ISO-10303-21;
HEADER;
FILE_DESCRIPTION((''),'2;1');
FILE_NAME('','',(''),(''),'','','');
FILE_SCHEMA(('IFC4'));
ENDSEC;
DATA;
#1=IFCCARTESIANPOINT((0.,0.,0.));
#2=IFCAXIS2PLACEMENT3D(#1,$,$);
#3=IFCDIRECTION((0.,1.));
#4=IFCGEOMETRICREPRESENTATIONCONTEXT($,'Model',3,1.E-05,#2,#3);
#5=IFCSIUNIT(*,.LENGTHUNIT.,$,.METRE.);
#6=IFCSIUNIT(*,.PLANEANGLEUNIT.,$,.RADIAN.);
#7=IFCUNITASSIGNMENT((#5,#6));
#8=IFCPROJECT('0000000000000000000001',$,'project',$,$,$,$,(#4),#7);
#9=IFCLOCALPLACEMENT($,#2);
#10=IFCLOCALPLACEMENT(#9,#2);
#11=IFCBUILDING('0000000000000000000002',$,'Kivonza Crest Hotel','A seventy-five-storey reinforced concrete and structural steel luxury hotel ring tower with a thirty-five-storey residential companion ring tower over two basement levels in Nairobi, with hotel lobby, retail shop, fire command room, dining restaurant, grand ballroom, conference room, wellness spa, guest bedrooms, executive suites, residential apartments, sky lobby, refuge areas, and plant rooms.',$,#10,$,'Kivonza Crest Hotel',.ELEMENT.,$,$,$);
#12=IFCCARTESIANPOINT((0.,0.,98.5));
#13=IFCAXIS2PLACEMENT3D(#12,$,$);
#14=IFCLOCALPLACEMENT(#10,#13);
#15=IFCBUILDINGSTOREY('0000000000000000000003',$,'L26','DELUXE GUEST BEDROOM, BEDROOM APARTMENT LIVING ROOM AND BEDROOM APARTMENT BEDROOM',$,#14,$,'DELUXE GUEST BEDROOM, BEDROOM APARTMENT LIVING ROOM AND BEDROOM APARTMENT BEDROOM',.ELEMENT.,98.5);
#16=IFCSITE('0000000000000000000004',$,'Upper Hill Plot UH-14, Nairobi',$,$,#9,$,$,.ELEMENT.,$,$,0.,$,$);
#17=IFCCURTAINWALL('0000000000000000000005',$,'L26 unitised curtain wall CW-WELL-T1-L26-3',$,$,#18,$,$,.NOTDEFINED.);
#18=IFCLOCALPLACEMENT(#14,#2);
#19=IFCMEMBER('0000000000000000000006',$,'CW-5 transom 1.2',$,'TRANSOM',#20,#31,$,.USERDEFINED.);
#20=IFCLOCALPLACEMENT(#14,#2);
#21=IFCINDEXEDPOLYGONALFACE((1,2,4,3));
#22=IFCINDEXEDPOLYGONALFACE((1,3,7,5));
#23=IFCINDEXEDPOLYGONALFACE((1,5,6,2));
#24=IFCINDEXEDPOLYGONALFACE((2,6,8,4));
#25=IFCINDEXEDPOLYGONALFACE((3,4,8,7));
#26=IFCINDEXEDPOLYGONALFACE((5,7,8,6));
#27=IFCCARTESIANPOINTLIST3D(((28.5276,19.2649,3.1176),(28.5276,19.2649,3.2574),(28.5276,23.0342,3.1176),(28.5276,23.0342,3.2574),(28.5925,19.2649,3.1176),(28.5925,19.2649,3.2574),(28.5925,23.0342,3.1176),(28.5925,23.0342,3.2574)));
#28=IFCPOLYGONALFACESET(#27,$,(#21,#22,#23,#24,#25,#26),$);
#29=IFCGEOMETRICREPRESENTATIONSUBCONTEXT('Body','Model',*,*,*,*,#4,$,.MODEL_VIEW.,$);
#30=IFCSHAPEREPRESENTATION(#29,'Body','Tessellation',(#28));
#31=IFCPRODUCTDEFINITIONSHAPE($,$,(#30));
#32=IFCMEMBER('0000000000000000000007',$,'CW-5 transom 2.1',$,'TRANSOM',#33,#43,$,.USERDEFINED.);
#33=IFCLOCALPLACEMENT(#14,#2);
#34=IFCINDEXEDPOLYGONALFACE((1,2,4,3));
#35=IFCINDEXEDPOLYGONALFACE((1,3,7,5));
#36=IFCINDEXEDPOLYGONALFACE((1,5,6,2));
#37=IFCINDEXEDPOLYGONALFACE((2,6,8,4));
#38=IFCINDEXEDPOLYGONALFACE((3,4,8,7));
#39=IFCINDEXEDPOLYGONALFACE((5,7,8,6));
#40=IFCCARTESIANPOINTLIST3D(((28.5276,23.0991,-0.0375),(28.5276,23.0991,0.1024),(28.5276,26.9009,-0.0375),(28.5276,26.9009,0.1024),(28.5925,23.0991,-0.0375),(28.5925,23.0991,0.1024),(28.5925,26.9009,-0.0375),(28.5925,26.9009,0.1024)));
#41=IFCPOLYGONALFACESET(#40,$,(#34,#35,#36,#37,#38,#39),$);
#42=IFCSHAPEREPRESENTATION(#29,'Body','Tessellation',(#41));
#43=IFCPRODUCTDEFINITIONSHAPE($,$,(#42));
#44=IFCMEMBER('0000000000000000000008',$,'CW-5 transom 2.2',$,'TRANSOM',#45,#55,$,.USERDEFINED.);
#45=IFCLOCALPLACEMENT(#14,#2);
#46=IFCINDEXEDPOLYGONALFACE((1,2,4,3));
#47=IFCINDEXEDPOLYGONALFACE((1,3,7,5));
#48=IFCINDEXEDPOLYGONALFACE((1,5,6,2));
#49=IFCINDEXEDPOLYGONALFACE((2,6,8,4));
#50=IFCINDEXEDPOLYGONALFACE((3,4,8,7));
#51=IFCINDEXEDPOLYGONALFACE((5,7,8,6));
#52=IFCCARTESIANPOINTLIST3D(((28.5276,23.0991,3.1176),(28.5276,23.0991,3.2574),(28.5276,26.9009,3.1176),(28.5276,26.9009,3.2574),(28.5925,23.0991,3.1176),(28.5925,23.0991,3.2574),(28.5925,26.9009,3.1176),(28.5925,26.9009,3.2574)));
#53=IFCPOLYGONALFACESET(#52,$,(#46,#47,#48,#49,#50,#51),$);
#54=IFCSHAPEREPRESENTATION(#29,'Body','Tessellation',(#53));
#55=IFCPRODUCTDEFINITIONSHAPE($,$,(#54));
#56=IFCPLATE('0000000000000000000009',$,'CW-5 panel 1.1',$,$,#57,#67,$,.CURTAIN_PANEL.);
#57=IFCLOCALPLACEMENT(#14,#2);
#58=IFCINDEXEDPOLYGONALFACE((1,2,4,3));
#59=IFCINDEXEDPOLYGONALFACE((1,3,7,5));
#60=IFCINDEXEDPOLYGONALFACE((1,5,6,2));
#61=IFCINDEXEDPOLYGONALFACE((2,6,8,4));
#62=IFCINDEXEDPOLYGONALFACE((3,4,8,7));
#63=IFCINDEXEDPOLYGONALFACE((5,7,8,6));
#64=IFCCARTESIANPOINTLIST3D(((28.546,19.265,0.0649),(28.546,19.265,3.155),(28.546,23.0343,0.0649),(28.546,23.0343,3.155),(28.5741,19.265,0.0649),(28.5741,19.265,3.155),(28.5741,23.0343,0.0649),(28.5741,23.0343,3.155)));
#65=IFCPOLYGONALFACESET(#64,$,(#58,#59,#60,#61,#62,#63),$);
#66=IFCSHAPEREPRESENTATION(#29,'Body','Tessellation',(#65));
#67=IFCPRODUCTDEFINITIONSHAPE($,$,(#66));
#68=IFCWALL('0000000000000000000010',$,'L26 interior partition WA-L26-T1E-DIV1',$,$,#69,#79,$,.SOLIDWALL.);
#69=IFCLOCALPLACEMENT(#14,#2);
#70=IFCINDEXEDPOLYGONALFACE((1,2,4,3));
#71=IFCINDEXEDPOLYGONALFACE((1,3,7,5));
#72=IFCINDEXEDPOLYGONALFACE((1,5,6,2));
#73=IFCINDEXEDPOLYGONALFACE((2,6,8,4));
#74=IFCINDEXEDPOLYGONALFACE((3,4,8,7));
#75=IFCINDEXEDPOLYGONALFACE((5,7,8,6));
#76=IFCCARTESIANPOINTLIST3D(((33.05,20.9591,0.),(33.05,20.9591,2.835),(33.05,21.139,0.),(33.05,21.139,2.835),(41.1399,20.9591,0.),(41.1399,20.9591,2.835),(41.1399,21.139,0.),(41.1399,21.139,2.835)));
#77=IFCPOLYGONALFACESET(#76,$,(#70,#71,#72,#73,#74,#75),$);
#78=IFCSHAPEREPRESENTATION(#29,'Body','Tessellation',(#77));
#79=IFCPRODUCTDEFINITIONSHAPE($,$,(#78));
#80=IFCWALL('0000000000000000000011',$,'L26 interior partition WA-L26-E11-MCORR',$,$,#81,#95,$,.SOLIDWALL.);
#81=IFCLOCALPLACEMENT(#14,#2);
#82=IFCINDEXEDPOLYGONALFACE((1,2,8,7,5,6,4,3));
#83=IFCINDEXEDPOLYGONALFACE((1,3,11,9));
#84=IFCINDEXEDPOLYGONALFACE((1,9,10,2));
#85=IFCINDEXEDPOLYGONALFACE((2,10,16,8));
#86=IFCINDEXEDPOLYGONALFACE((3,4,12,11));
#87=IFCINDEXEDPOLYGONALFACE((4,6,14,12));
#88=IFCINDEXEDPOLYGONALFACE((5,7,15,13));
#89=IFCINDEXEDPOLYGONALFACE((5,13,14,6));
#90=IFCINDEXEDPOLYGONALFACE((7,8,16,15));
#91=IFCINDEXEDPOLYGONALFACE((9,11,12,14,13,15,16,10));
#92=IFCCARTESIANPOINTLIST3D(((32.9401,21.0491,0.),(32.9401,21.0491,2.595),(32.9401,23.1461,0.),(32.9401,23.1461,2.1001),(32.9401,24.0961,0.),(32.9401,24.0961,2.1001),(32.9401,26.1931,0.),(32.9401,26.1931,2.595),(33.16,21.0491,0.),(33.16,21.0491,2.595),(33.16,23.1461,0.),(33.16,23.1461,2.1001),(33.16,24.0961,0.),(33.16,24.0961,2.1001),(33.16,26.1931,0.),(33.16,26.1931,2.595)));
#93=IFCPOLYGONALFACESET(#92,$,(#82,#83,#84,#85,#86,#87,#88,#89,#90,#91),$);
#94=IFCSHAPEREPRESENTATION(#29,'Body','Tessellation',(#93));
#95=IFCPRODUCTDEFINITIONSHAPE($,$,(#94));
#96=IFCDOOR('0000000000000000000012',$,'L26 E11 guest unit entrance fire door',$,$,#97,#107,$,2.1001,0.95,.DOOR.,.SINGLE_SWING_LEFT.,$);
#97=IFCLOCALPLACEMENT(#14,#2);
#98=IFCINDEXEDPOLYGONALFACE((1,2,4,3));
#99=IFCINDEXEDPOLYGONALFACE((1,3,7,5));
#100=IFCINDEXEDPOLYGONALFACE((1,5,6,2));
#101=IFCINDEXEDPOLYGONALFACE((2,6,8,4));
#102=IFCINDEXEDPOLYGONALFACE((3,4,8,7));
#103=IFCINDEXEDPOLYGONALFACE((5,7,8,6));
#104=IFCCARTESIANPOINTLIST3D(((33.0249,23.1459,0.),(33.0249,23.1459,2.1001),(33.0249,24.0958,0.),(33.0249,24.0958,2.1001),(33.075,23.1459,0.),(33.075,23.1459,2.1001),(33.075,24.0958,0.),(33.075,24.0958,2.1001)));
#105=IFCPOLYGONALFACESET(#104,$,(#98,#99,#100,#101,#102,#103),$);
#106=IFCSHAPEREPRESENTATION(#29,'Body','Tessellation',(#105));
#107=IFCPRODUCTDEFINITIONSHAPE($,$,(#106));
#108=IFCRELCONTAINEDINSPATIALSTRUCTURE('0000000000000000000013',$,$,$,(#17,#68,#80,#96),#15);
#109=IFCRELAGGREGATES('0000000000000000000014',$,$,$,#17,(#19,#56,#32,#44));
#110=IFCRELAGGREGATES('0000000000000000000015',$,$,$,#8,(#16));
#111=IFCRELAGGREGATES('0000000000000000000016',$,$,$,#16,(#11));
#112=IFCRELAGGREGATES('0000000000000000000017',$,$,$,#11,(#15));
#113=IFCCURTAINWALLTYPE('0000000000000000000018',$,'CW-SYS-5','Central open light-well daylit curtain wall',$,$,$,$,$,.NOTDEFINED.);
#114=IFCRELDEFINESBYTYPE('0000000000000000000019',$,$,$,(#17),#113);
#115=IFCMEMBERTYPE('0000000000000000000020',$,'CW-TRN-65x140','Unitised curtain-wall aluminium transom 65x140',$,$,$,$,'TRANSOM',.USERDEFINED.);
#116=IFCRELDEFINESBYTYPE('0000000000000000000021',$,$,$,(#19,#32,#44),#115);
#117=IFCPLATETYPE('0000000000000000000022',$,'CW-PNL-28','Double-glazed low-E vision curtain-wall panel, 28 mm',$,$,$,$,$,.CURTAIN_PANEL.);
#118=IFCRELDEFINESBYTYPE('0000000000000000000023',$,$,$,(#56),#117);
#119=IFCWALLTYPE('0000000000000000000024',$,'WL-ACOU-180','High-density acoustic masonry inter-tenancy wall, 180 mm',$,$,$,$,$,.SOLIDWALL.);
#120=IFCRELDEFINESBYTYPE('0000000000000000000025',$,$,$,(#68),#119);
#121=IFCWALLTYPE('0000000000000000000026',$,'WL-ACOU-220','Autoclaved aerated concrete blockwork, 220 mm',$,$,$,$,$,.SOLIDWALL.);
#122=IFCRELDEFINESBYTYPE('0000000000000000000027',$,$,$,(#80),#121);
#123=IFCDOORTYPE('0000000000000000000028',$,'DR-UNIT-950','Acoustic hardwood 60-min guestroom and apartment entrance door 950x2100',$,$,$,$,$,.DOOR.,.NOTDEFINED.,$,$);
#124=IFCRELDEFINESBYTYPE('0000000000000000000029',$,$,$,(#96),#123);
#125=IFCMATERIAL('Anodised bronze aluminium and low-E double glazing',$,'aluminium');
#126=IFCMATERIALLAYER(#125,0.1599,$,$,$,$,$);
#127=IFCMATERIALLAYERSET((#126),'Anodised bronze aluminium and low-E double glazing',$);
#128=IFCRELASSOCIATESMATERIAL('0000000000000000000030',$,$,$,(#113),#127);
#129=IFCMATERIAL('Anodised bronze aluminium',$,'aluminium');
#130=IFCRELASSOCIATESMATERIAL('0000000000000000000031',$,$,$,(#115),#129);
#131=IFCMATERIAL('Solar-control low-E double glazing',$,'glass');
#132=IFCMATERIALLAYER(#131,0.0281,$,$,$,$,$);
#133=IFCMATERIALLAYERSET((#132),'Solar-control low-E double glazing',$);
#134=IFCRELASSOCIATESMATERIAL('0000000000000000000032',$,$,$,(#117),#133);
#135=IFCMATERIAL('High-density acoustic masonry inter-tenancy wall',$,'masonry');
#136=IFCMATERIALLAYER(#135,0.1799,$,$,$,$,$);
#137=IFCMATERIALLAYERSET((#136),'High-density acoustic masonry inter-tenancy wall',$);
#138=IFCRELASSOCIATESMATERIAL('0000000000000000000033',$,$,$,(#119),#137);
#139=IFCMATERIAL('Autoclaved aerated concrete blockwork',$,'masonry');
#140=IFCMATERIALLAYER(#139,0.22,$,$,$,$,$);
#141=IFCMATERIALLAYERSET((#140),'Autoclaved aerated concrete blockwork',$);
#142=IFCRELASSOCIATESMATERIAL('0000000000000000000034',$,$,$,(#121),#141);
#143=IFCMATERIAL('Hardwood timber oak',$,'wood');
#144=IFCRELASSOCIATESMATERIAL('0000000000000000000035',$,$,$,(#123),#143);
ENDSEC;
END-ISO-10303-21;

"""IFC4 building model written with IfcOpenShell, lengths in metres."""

from ifc_helpers import new_model, si_unit, direction, frame, frame_2d, origin, origin_2d, place, context, subcontext, project, spatial, rectangle, extrude, material, layer, layer_set, material_profile, profile_set, type_object, element, fill, aggregate, save


model = new_model("IFC4")

# Units and contexts
model_context = context("Model", 3, precision=1e-05, world=origin(), true_north=direction((0.0, 1.0)))
body_context = subcontext(model_context, "Body", "Model", "MODEL_VIEW")
ifc_project = project(units=[si_unit("LENGTHUNIT", "METRE"), si_unit("PLANEANGLEUNIT", "RADIAN")], contexts=[model_context])

# Site, building, storey
site_placement = place(None, origin())
site = spatial("IfcSite", under=ifc_project, at=site_placement, Name="Upper Hill Plot UH-14, Nairobi", CompositionType="ELEMENT", RefElevation=0.0)
building_placement = place(site_placement, origin())
building = spatial("IfcBuilding", under=site, at=building_placement, Name="Kivonza Crest Hotel", Description="A seventy-five-storey reinforced concrete and structural steel luxury hotel ring tower with a thirty-five-storey residential companion ring tower over two basement levels in Nairobi, with hotel lobby, retail shop, fire command room, dining restaurant, grand ballroom, conference room, wellness spa, guest bedrooms, executive suites, residential apartments, sky lobby, refuge areas, and plant rooms.", LongName="Kivonza Crest Hotel", CompositionType="ELEMENT")
storey_placement = place(building_placement, frame((0.0, 0.0, 98.5)))
storey = spatial("IfcBuildingStorey", under=building, at=storey_placement, Name="L26", Description="DELUXE GUEST BEDROOM, BEDROOM APARTMENT LIVING ROOM AND BEDROOM APARTMENT BEDROOM", LongName="DELUXE GUEST BEDROOM, BEDROOM APARTMENT LIVING ROOM AND BEDROOM APARTMENT BEDROOM", CompositionType="ELEMENT", Elevation=98.5)

# Curtain wall, members, plate
ifc_material_1 = material(Name="Anodised bronze aluminium and low-E double glazing", Category="aluminium")
ifc_layer_1 = layer(ifc_material_1, 0.1599)
ifc_layer_set_1 = layer_set([ifc_layer_1], Name="Anodised bronze aluminium and low-E double glazing")
curtain_wall_type = type_object("IfcCurtainWallType", Name="CW-SYS-5", Description="Central open light-well daylit curtain wall", PredefinedType="NOTDEFINED", material=ifc_layer_set_1)
curtain_wall_placement = place(storey_placement, origin())
curtain_wall = element("IfcCurtainWall", 1, at=curtain_wall_placement, inside=storey, type_object=curtain_wall_type, Name="L26 unitised curtain wall CW-WELL-T1-L26-3", PredefinedType="NOTDEFINED")
ifc_material_2 = material(Name="Anodised bronze aluminium", Category="aluminium")
ifc_material_profile_1 = material_profile(ifc_material_2, rectangle(XDim=0.0649, YDim=0.1399, at=origin_2d()), Name="CW-T 65x140")
ifc_profile_set_1 = profile_set([ifc_material_profile_1], Name="Anodised bronze aluminium")
member_type_1 = type_object("IfcMemberType", Name="CW-TRN-65x140", Description="Unitised curtain-wall aluminium transom 65x140", ElementType="TRANSOM", PredefinedType="USERDEFINED", material=ifc_profile_set_1)
member_1_placement = place(storey_placement, frame((28.5601, 19.2649, 3.1875), z_axis=(0.0, 1.0, 0.0), x_axis=(-1.0, 0.0, 0.0)))
member_1 = element("IfcMember", 2, at=member_1_placement, type_object=member_type_1, Name="CW-5 transom 1.2", ObjectType="TRANSOM", PredefinedType="USERDEFINED", context=body_context, shape_type="SweptSolid", body=[
    extrude(rectangle(XDim=0.0649, YDim=0.1399, at=origin_2d()), origin(), (0.0, 0.0, 1.0), 3.7693),
])
member_2_placement = place(storey_placement, frame((28.5601, 23.0991, 0.0325), z_axis=(0.0, 1.0, 0.0), x_axis=(-1.0, 0.0, 0.0)))
member_2 = element("IfcMember", 3, at=member_2_placement, type_object=member_type_1, Name="CW-5 transom 2.1", ObjectType="TRANSOM", PredefinedType="USERDEFINED", context=body_context, shape_type="SweptSolid", body=[
    extrude(rectangle(XDim=0.0649, YDim=0.1399, at=origin_2d()), origin(), (0.0, 0.0, 1.0), 3.8018),
])
member_3_placement = place(storey_placement, frame((28.5601, 23.0991, 3.1875), z_axis=(0.0, 1.0, 0.0), x_axis=(-1.0, 0.0, 0.0)))
member_3 = element("IfcMember", 4, at=member_3_placement, type_object=member_type_1, Name="CW-5 transom 2.2", ObjectType="TRANSOM", PredefinedType="USERDEFINED", context=body_context, shape_type="SweptSolid", body=[
    extrude(rectangle(XDim=0.0649, YDim=0.1399, at=origin_2d()), origin(), (0.0, 0.0, 1.0), 3.8018),
])
ifc_material_3 = material(Name="Solar-control low-E double glazing", Category="glass")
ifc_layer_2 = layer(ifc_material_3, 0.0281)
ifc_layer_set_2 = layer_set([ifc_layer_2], Name="Solar-control low-E double glazing")
plate_type = type_object("IfcPlateType", Name="CW-PNL-28", Description="Double-glazed low-E vision curtain-wall panel, 28 mm", PredefinedType="CURTAIN_PANEL", material=ifc_layer_set_2)
plate_placement = place(storey_placement, frame((28.5601, 21.1497, 0.0649), z_axis=(0.0, 0.0, 1.0), x_axis=(0.0, 1.0, 0.0)))
plate = element("IfcPlate", 5, at=plate_placement, type_object=plate_type, Name="CW-5 panel 1.1", PredefinedType="CURTAIN_PANEL", context=body_context, shape_type="SweptSolid", body=[
    extrude(rectangle(XDim=3.7693, YDim=0.0281, at=origin_2d()), origin(), (0.0, 0.0, 1.0), 3.0901),
])
aggregate(curtain_wall, [member_1, plate, member_2, member_3])

# Wall
ifc_material_4 = material(Name="High-density acoustic masonry inter-tenancy wall", Category="masonry")
ifc_layer_3 = layer(ifc_material_4, 0.1799)
ifc_layer_set_3 = layer_set([ifc_layer_3], Name="High-density acoustic masonry inter-tenancy wall")
wall_type_1 = type_object("IfcWallType", Name="WL-ACOU-180", Description="High-density acoustic masonry inter-tenancy wall, 180 mm", PredefinedType="SOLIDWALL", material=ifc_layer_set_3)
wall_1_placement = place(storey_placement, frame((33.05, 21.0491, 0.0), z_axis=(0.0, 0.0, 1.0), x_axis=(1.0, 0.0, 0.0)))
element("IfcWall", 6, at=wall_1_placement, inside=storey, type_object=wall_type_1, Name="L26 interior partition WA-L26-T1E-DIV1", PredefinedType="SOLIDWALL", context=body_context, shape_type="SweptSolid", body=[
    extrude(rectangle(XDim=8.0898, YDim=0.1799, at=frame_2d((4.0449, 0.0))), origin(), (0.0, 0.0, 1.0), 2.835),
])

# Wall, opening, door
ifc_material_5 = material(Name="Autoclaved aerated concrete blockwork", Category="masonry")
ifc_layer_4 = layer(ifc_material_5, 0.22)
ifc_layer_set_4 = layer_set([ifc_layer_4], Name="Autoclaved aerated concrete blockwork")
wall_type_2 = type_object("IfcWallType", Name="WL-ACOU-220", Description="Autoclaved aerated concrete blockwork, 220 mm", PredefinedType="SOLIDWALL", material=ifc_layer_set_4)
wall_2_placement = place(storey_placement, frame((33.05, 21.0491, 0.0), z_axis=(0.0, 0.0, 1.0), x_axis=(0.0, 1.0, 0.0)))
wall_2 = element("IfcWall", 7, at=wall_2_placement, inside=storey, type_object=wall_type_2, Name="L26 interior partition WA-L26-E11-MCORR", PredefinedType="SOLIDWALL", context=body_context, shape_type="SweptSolid", body=[
    extrude(rectangle(XDim=5.144, YDim=0.22, at=frame_2d((2.572, 0.0))), origin(), (0.0, 0.0, 1.0), 2.595),
])
opening_placement = place(wall_2_placement, frame((2.0969, 0.0, 0.0)))
opening = element("IfcOpeningElement", 8, at=opening_placement, cuts=wall_2, PredefinedType="OPENING", context=body_context, shape_type="SweptSolid", body=[
    extrude(rectangle(XDim=0.95, YDim=2.1001, at=frame_2d((0.4751, 1.05))), frame((0.0, 0.1201, 0.0), z_axis=(0.0, -1.0, 0.0), x_axis=(1.0, 0.0, 0.0)), (0.0, 0.0, 1.0), 0.24),
])
ifc_material_6 = material(Name="Hardwood timber oak", Category="wood")
door_type = type_object("IfcDoorType", Name="DR-UNIT-950", Description="Acoustic hardwood 60-min guestroom and apartment entrance door 950x2100", OperationType="NOTDEFINED", PredefinedType="DOOR", material=ifc_material_6)
door_placement = place(opening_placement, frame((0.95, 0.0, 0.0), z_axis=(0.0, 0.0, 1.0), x_axis=(-1.0, 0.0, 0.0)))
door = element("IfcDoor", 9, at=door_placement, inside=storey, type_object=door_type, Name="L26 E11 guest unit entrance fire door", OperationType="SINGLE_SWING_LEFT", OverallHeight=2.1001, OverallWidth=0.95, PredefinedType="DOOR", context=body_context, shape_type="SweptSolid", body=[
    extrude(rectangle(XDim=0.95, YDim=2.1001, at=frame_2d((0.4751, 1.05))), frame((0.0, 0.0249, 0.0), z_axis=(0.0, -1.0, 0.0), x_axis=(1.0, 0.0, 0.0)), (0.0, 0.0, 1.0), 0.05),
])
fill(opening, door)

save(model, "model.ifc")
